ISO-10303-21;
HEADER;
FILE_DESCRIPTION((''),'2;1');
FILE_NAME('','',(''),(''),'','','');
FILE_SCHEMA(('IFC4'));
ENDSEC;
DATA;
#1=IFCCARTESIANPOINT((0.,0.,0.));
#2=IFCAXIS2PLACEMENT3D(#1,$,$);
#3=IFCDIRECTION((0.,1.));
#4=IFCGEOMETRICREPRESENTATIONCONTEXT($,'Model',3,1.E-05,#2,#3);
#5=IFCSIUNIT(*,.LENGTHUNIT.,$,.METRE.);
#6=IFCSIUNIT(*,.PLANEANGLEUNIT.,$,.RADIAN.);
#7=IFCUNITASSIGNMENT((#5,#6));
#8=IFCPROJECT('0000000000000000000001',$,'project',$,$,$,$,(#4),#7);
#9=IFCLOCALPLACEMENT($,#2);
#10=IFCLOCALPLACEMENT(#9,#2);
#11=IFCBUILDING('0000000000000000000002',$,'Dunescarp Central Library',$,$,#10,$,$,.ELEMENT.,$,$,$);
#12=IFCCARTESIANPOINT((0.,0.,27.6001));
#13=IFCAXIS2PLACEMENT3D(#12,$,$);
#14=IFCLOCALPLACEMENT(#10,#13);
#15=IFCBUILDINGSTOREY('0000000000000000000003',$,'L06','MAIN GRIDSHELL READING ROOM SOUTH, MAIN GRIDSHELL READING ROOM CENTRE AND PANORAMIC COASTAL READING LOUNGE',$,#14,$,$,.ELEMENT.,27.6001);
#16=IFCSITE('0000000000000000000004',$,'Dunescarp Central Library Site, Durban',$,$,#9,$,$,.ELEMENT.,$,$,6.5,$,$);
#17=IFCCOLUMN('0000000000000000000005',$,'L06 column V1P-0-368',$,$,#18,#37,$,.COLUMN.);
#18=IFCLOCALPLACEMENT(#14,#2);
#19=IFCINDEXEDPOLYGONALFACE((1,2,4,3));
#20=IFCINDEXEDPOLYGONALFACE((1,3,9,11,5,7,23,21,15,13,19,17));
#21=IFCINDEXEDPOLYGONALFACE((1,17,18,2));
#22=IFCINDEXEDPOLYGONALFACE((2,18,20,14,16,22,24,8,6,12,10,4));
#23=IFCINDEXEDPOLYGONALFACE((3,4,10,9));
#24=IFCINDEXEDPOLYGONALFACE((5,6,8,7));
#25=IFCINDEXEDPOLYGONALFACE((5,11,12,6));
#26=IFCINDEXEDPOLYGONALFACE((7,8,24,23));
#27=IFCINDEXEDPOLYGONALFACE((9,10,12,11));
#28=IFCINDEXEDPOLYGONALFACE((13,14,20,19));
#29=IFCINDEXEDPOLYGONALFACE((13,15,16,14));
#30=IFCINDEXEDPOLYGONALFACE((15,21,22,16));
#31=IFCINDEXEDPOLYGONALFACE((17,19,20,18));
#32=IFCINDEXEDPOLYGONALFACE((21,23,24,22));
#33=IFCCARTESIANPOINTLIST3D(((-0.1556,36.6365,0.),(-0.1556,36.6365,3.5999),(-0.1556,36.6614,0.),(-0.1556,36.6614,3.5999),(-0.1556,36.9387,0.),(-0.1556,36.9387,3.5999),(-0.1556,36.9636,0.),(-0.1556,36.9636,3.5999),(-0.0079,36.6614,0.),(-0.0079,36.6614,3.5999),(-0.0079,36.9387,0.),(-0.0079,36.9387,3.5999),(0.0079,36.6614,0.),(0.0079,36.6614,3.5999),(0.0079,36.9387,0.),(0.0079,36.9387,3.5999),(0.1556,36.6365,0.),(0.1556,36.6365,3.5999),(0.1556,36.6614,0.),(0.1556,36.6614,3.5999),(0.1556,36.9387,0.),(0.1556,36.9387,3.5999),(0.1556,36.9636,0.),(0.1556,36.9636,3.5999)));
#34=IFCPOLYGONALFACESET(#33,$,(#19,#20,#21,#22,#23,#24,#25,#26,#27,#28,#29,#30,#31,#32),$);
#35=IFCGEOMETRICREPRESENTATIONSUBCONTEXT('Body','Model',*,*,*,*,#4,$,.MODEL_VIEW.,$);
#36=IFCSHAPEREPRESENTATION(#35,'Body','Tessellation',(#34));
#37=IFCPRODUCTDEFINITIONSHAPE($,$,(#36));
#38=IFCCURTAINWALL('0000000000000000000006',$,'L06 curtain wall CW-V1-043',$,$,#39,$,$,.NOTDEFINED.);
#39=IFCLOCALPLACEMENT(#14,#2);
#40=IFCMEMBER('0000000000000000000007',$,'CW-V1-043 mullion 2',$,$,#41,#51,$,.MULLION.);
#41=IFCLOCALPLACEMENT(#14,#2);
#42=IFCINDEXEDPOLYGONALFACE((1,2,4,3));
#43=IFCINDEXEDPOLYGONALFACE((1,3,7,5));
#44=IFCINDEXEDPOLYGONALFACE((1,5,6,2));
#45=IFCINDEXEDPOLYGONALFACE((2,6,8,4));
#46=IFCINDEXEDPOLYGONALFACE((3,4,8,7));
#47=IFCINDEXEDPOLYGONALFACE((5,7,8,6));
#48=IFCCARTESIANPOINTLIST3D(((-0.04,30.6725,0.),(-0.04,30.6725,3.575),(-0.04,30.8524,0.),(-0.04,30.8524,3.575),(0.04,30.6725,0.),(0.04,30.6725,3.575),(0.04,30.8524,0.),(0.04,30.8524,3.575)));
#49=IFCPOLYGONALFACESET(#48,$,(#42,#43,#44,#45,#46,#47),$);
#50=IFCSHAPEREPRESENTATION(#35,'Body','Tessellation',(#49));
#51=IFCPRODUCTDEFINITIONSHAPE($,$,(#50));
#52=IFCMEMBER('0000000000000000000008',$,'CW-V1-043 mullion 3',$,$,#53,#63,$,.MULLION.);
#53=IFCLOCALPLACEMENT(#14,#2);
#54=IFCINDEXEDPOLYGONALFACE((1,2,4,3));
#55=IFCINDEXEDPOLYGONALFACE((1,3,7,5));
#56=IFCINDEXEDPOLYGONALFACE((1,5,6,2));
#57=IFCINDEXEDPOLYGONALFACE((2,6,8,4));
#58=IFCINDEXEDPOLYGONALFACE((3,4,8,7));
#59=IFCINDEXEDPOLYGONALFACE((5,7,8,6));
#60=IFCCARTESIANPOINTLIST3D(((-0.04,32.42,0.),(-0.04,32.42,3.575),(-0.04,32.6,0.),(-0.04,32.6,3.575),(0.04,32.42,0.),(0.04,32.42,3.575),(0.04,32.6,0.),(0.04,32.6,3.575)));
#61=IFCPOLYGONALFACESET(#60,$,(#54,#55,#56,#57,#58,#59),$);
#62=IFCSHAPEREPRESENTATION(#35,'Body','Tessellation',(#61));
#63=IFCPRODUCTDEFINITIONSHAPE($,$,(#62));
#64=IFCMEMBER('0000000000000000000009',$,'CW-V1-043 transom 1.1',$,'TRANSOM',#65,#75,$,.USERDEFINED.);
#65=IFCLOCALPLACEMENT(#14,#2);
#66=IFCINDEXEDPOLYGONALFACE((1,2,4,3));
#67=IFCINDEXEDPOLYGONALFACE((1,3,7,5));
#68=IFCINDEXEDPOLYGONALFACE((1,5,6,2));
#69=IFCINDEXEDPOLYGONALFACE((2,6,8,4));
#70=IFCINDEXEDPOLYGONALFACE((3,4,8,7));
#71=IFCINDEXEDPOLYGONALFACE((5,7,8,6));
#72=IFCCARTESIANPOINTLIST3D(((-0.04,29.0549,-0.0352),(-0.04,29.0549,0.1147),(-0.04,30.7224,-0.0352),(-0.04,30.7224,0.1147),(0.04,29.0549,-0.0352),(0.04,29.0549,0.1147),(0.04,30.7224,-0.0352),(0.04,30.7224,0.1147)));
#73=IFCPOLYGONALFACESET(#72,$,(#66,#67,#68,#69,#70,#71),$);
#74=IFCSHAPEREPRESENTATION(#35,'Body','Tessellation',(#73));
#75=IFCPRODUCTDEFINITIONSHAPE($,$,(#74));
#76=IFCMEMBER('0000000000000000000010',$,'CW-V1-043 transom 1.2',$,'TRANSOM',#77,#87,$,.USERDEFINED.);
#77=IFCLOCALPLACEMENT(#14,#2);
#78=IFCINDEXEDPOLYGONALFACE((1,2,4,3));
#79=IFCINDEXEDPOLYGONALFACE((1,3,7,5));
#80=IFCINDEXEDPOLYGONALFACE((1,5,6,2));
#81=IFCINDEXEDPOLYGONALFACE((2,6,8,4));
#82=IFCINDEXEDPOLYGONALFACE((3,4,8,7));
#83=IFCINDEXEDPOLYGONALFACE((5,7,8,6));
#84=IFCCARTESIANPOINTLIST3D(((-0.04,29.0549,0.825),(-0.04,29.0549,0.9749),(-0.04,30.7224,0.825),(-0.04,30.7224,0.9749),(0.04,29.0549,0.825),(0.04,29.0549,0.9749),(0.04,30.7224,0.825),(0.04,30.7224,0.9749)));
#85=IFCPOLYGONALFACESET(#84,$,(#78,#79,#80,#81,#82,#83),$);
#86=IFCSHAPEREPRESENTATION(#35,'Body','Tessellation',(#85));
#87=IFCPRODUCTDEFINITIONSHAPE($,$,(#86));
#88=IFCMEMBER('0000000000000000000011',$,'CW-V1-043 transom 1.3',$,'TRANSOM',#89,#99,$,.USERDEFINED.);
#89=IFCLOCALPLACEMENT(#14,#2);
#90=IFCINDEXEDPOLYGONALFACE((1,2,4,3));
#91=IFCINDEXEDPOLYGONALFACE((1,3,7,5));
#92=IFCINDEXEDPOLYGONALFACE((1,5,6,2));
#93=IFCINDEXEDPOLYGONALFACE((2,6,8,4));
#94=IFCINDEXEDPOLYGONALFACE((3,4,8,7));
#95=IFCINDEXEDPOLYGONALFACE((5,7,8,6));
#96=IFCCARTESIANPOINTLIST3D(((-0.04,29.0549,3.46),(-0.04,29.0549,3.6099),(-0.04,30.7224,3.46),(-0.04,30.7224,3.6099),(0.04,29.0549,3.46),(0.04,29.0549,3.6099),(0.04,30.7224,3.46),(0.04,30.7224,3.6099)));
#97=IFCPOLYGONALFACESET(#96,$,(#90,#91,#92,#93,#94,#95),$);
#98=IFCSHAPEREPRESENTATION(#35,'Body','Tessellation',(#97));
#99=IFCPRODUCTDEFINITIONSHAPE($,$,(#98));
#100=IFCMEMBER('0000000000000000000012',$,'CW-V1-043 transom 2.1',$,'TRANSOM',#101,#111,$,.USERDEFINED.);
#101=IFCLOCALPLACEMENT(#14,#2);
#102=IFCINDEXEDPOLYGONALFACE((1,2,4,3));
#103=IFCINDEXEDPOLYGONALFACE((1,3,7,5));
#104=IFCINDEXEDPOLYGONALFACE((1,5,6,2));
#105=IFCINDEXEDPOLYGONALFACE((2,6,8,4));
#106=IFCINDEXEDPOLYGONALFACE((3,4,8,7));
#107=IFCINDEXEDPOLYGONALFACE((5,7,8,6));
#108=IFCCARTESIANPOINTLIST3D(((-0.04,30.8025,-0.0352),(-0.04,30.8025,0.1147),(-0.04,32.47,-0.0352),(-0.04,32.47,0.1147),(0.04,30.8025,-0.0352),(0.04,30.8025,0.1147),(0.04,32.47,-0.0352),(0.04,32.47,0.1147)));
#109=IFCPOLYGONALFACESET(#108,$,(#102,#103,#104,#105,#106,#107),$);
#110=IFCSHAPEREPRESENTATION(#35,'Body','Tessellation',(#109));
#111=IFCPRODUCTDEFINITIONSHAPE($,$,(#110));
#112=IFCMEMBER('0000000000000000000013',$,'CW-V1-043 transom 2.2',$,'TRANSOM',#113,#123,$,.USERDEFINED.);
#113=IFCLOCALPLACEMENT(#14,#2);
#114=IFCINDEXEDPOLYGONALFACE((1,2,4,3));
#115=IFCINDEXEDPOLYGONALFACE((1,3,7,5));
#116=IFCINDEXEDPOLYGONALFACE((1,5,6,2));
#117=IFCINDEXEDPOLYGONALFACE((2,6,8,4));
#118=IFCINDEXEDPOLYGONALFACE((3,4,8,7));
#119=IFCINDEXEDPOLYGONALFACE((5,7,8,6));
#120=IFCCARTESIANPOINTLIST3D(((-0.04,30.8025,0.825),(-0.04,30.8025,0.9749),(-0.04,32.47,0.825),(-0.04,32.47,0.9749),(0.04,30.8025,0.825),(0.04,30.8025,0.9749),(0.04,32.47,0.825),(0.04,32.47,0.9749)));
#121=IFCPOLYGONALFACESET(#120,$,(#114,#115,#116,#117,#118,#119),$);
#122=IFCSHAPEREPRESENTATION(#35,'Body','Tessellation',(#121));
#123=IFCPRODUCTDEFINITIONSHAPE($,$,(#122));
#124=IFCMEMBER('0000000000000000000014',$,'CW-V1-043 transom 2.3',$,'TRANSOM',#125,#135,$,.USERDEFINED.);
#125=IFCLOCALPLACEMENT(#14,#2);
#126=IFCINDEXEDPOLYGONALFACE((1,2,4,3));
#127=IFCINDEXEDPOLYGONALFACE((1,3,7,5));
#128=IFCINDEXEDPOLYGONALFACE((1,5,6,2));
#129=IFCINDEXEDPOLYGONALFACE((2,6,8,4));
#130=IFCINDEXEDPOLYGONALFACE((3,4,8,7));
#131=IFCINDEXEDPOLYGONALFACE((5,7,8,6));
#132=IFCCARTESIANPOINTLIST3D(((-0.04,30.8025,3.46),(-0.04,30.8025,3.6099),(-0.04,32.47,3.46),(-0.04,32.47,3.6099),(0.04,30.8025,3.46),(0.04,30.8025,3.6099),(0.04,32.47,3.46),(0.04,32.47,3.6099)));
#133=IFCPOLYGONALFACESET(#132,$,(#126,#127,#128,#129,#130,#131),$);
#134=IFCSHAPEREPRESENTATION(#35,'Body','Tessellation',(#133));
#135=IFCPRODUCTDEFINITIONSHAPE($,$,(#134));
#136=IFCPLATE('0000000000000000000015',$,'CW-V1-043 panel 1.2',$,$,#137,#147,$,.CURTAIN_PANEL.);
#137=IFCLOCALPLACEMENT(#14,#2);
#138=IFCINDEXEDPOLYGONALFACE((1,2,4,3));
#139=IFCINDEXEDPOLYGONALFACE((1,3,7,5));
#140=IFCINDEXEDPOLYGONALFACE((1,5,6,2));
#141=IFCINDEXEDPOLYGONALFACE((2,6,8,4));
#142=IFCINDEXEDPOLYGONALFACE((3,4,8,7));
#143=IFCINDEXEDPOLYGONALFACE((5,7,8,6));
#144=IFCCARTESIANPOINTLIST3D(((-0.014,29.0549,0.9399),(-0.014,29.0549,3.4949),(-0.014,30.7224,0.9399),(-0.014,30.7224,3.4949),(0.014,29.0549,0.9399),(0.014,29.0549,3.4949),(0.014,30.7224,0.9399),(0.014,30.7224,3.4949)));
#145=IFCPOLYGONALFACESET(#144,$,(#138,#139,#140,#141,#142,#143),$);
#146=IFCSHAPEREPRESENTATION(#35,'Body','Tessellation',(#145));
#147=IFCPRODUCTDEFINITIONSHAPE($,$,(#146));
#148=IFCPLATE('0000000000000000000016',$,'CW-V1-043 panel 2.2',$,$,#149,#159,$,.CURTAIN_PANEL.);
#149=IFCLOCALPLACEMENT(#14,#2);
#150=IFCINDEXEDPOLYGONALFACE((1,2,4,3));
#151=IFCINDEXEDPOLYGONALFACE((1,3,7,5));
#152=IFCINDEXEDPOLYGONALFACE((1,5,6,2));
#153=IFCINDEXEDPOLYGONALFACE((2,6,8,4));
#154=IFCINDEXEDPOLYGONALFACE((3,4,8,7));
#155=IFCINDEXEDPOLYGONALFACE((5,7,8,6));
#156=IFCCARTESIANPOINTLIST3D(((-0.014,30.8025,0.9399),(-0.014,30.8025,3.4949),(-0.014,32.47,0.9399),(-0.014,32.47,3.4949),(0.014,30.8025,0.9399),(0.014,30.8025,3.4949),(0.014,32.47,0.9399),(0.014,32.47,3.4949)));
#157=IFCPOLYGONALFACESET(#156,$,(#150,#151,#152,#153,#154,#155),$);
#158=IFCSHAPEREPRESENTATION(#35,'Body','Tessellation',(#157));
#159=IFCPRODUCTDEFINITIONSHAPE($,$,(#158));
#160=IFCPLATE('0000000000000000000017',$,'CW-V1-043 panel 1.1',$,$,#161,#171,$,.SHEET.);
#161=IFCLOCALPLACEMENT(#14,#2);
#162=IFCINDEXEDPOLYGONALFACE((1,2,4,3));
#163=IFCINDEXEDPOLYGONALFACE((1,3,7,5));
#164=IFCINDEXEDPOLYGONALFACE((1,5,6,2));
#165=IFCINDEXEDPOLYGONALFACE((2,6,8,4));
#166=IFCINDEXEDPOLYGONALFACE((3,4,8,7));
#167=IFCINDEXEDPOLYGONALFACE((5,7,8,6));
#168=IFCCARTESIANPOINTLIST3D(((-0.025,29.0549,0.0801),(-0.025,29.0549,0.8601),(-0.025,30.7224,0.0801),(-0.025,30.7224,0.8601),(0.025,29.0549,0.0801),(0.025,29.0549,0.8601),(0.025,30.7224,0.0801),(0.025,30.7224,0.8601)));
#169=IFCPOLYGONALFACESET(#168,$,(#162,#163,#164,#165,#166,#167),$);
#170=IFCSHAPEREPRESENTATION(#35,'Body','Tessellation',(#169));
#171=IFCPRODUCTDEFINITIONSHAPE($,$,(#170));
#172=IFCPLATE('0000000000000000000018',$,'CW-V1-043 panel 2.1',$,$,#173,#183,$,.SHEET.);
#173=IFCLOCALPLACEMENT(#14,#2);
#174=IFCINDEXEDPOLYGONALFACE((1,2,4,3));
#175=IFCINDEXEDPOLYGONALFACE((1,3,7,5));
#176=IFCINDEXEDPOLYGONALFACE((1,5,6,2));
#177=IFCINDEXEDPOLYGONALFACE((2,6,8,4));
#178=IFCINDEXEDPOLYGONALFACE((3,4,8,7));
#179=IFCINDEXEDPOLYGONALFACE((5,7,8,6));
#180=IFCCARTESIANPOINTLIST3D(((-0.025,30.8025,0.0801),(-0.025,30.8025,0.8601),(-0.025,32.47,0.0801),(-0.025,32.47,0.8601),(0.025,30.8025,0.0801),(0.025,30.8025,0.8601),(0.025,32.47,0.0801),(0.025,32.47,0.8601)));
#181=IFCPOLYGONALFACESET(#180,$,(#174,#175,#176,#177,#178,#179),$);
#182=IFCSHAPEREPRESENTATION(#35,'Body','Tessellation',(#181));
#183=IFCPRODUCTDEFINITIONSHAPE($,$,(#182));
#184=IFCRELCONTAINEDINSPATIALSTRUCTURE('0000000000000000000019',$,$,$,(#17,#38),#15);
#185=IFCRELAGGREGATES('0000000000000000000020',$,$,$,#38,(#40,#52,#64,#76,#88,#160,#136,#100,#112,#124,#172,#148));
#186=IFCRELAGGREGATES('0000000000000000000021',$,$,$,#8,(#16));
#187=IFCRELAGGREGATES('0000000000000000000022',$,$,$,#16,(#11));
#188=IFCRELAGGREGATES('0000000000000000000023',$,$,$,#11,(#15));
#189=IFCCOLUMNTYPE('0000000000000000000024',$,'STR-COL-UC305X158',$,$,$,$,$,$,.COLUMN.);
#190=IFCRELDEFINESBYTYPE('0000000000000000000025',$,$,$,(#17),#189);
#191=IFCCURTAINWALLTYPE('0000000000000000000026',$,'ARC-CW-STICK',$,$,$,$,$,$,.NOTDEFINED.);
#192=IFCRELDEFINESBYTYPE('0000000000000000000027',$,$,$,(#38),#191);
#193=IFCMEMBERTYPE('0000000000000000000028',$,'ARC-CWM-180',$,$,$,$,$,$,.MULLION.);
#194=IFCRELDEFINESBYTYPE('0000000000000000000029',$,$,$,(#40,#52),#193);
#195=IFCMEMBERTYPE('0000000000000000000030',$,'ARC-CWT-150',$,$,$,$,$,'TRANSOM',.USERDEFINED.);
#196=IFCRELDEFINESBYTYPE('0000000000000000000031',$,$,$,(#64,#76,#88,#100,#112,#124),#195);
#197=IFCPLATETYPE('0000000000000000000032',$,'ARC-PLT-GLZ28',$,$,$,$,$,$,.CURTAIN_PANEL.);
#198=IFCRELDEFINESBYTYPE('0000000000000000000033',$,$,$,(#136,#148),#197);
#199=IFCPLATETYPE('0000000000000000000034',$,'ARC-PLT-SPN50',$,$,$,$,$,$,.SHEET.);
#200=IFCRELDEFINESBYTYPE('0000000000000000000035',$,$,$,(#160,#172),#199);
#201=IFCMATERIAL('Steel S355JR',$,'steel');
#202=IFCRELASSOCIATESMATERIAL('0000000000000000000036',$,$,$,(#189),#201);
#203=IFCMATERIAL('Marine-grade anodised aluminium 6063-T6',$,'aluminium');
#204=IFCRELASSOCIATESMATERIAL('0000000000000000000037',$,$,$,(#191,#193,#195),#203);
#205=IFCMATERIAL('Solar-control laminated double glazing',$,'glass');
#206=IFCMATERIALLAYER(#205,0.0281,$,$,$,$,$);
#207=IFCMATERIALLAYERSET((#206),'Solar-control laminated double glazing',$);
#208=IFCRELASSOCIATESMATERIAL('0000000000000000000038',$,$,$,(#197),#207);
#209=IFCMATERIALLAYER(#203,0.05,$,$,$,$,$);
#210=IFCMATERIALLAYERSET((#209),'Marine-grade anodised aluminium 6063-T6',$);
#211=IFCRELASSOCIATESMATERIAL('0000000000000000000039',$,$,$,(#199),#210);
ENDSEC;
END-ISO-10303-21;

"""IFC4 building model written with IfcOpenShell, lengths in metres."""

from ifc_helpers import new_model, si_unit, direction, frame, origin, origin_2d, place, context, subcontext, project, spatial, rectangle, i_section, extrude, material, layer, layer_set, material_profile, profile_set, type_object, element, aggregate, save


model = new_model("IFC4")

# Units and contexts
model_context = context("Model", 3, precision=1e-05, world=origin(), true_north=direction((0.0, 1.0)))
body_context = subcontext(model_context, "Body", "Model", "MODEL_VIEW")
ifc_project = project(units=[si_unit("LENGTHUNIT", "METRE"), si_unit("PLANEANGLEUNIT", "RADIAN")], contexts=[model_context])

# Site, building, storey
site_placement = place(None, origin())
site = spatial("IfcSite", under=ifc_project, at=site_placement, Name="Dunescarp Central Library Site, Durban", CompositionType="ELEMENT", RefElevation=6.5)
building_placement = place(site_placement, origin())
building = spatial("IfcBuilding", under=site, at=building_placement, Name="Dunescarp Central Library", CompositionType="ELEMENT")
storey_placement = place(building_placement, frame((0.0, 0.0, 27.6001)))
storey = spatial("IfcBuildingStorey", under=building, at=storey_placement, Name="L06", Description="MAIN GRIDSHELL READING ROOM SOUTH, MAIN GRIDSHELL READING ROOM CENTRE AND PANORAMIC COASTAL READING LOUNGE", CompositionType="ELEMENT", Elevation=27.6001)

# Column
ifc_material_1 = material(Name="Steel S355JR", Category="steel")
ifc_material_profile_1 = material_profile(ifc_material_1, i_section(OverallWidth=0.3113, OverallDepth=0.3271, WebThickness=0.0159, FlangeThickness=0.0249, at=origin_2d()), Name="UC 305x305x158")
ifc_profile_set_1 = profile_set([ifc_material_profile_1], Name="Steel S355JR")
column_type = type_object("IfcColumnType", Name="STR-COL-UC305X158", PredefinedType="COLUMN", material=ifc_profile_set_1)
column_placement = place(storey_placement, frame((0.0, 36.8, 0.0), z_axis=(0.0, 0.0, 1.0), x_axis=(1.0, 0.0, 0.0)))
element("IfcColumn", 1, at=column_placement, inside=storey, type_object=column_type, Name="L06 column V1P-0-368", PredefinedType="COLUMN", context=body_context, shape_type="SweptSolid", body=[
    extrude(i_section(OverallWidth=0.3113, OverallDepth=0.3271, WebThickness=0.0159, FlangeThickness=0.0249, at=origin_2d()), origin(), (0.0, 0.0, 1.0), 3.5999),
])

# Curtain wall, members, plates
ifc_material_2 = material(Name="Marine-grade anodised aluminium 6063-T6", Category="aluminium")
curtain_wall_type = type_object("IfcCurtainWallType", Name="ARC-CW-STICK", PredefinedType="NOTDEFINED", material=ifc_material_2)
curtain_wall_placement = place(storey_placement, origin())
curtain_wall = element("IfcCurtainWall", 2, at=curtain_wall_placement, inside=storey, type_object=curtain_wall_type, Name="L06 curtain wall CW-V1-043", PredefinedType="NOTDEFINED")
ifc_material_profile_2 = material_profile(ifc_material_2, rectangle(XDim=0.0801, YDim=0.1799, at=origin_2d()), Name="AL 80x180")
ifc_profile_set_2 = profile_set([ifc_material_profile_2], Name="Marine-grade anodised aluminium 6063-T6")
member_type_1 = type_object("IfcMemberType", Name="ARC-CWM-180", PredefinedType="MULLION", material=ifc_profile_set_2)
member_1_placement = place(storey_placement, frame((0.0, 30.7625, 0.0), z_axis=(0.0, 0.0, 1.0), x_axis=(-1.0, 0.0, 0.0)))
member_1 = element("IfcMember", 3, at=member_1_placement, type_object=member_type_1, Name="CW-V1-043 mullion 2", PredefinedType="MULLION", context=body_context, shape_type="SweptSolid", body=[
    extrude(rectangle(XDim=0.0801, YDim=0.1799, at=origin_2d()), origin(), (0.0, 0.0, 1.0), 3.575),
])
member_2_placement = place(storey_placement, frame((0.0, 32.51, 0.0), z_axis=(0.0, 0.0, 1.0), x_axis=(-1.0, 0.0, 0.0)))
member_2 = element("IfcMember", 4, at=member_2_placement, type_object=member_type_1, Name="CW-V1-043 mullion 3", PredefinedType="MULLION", context=body_context, shape_type="SweptSolid", body=[
    extrude(rectangle(XDim=0.0801, YDim=0.1799, at=origin_2d()), origin(), (0.0, 0.0, 1.0), 3.575),
])
ifc_material_profile_3 = material_profile(ifc_material_2, rectangle(XDim=0.0801, YDim=0.1499, at=origin_2d()), Name="AL 80x150")
ifc_profile_set_3 = profile_set([ifc_material_profile_3], Name="Marine-grade anodised aluminium 6063-T6")
member_type_2 = type_object("IfcMemberType", Name="ARC-CWT-150", ElementType="TRANSOM", PredefinedType="USERDEFINED", material=ifc_profile_set_3)
member_3_placement = place(storey_placement, frame((0.0, 29.0549, 0.0398), z_axis=(0.0, 1.0, 0.0), x_axis=(-1.0, 0.0, 0.0)))
member_3 = element("IfcMember", 5, at=member_3_placement, type_object=member_type_2, Name="CW-V1-043 transom 1.1", ObjectType="TRANSOM", PredefinedType="USERDEFINED", context=body_context, shape_type="SweptSolid", body=[
    extrude(rectangle(XDim=0.0801, YDim=0.1499, at=origin_2d()), origin(), (0.0, 0.0, 1.0), 1.6675),
])
member_4_placement = place(storey_placement, frame((0.0, 29.0549, 0.8999), z_axis=(0.0, 1.0, 0.0), x_axis=(-1.0, 0.0, 0.0)))
member_4 = element("IfcMember", 6, at=member_4_placement, type_object=member_type_2, Name="CW-V1-043 transom 1.2", ObjectType="TRANSOM", PredefinedType="USERDEFINED", context=body_context, shape_type="SweptSolid", body=[
    extrude(rectangle(XDim=0.0801, YDim=0.1499, at=origin_2d()), origin(), (0.0, 0.0, 1.0), 1.6675),
])
member_5_placement = place(storey_placement, frame((0.0, 29.0549, 3.5349), z_axis=(0.0, 1.0, 0.0), x_axis=(-1.0, 0.0, 0.0)))
member_5 = element("IfcMember", 7, at=member_5_placement, type_object=member_type_2, Name="CW-V1-043 transom 1.3", ObjectType="TRANSOM", PredefinedType="USERDEFINED", context=body_context, shape_type="SweptSolid", body=[
    extrude(rectangle(XDim=0.0801, YDim=0.1499, at=origin_2d()), origin(), (0.0, 0.0, 1.0), 1.6675),
])
member_6_placement = place(storey_placement, frame((0.0, 30.8025, 0.0398), z_axis=(0.0, 1.0, 0.0), x_axis=(-1.0, 0.0, 0.0)))
member_6 = element("IfcMember", 8, at=member_6_placement, type_object=member_type_2, Name="CW-V1-043 transom 2.1", ObjectType="TRANSOM", PredefinedType="USERDEFINED", context=body_context, shape_type="SweptSolid", body=[
    extrude(rectangle(XDim=0.0801, YDim=0.1499, at=origin_2d()), origin(), (0.0, 0.0, 1.0), 1.6675),
])
member_7_placement = place(storey_placement, frame((0.0, 30.8025, 0.8999), z_axis=(0.0, 1.0, 0.0), x_axis=(-1.0, 0.0, 0.0)))
member_7 = element("IfcMember", 9, at=member_7_placement, type_object=member_type_2, Name="CW-V1-043 transom 2.2", ObjectType="TRANSOM", PredefinedType="USERDEFINED", context=body_context, shape_type="SweptSolid", body=[
    extrude(rectangle(XDim=0.0801, YDim=0.1499, at=origin_2d()), origin(), (0.0, 0.0, 1.0), 1.6675),
])
member_8_placement = place(storey_placement, frame((0.0, 30.8025, 3.5349), z_axis=(0.0, 1.0, 0.0), x_axis=(-1.0, 0.0, 0.0)))
member_8 = element("IfcMember", 10, at=member_8_placement, type_object=member_type_2, Name="CW-V1-043 transom 2.3", ObjectType="TRANSOM", PredefinedType="USERDEFINED", context=body_context, shape_type="SweptSolid", body=[
    extrude(rectangle(XDim=0.0801, YDim=0.1499, at=origin_2d()), origin(), (0.0, 0.0, 1.0), 1.6675),
])
ifc_material_3 = material(Name="Solar-control laminated double glazing", Category="glass")
ifc_layer_1 = layer(ifc_material_3, 0.0281)
ifc_layer_set_1 = layer_set([ifc_layer_1], Name="Solar-control laminated double glazing")
plate_type_1 = type_object("IfcPlateType", Name="ARC-PLT-GLZ28", PredefinedType="CURTAIN_PANEL", material=ifc_layer_set_1)
plate_1_placement = place(storey_placement, frame((0.0, 29.8887, 0.9399), z_axis=(0.0, 0.0, 1.0), x_axis=(0.0, 1.0, 0.0)))
plate_1 = element("IfcPlate", 11, at=plate_1_placement, type_object=plate_type_1, Name="CW-V1-043 panel 1.2", PredefinedType="CURTAIN_PANEL", context=body_context, shape_type="SweptSolid", body=[
    extrude(rectangle(XDim=1.6675, YDim=0.0281, at=origin_2d()), origin(), (0.0, 0.0, 1.0), 2.5549),
])
plate_2_placement = place(storey_placement, frame((0.0, 31.6362, 0.9399), z_axis=(0.0, 0.0, 1.0), x_axis=(0.0, 1.0, 0.0)))
plate_2 = element("IfcPlate", 12, at=plate_2_placement, type_object=plate_type_1, Name="CW-V1-043 panel 2.2", PredefinedType="CURTAIN_PANEL", context=body_context, shape_type="SweptSolid", body=[
    extrude(rectangle(XDim=1.6675, YDim=0.0281, at=origin_2d()), origin(), (0.0, 0.0, 1.0), 2.5549),
])
ifc_layer_2 = layer(ifc_material_2, 0.05)
ifc_layer_set_2 = layer_set([ifc_layer_2], Name="Marine-grade anodised aluminium 6063-T6")
plate_type_2 = type_object("IfcPlateType", Name="ARC-PLT-SPN50", PredefinedType="SHEET", material=ifc_layer_set_2)
plate_3_placement = place(storey_placement, frame((0.0, 29.8887, 0.0801), z_axis=(0.0, 0.0, 1.0), x_axis=(0.0, 1.0, 0.0)))
plate_3 = element("IfcPlate", 13, at=plate_3_placement, type_object=plate_type_2, Name="CW-V1-043 panel 1.1", PredefinedType="SHEET", context=body_context, shape_type="SweptSolid", body=[
    extrude(rectangle(XDim=1.6675, YDim=0.05, at=origin_2d()), origin(), (0.0, 0.0, 1.0), 0.78),
])
plate_4_placement = place(storey_placement, frame((0.0, 31.6362, 0.0801), z_axis=(0.0, 0.0, 1.0), x_axis=(0.0, 1.0, 0.0)))
plate_4 = element("IfcPlate", 14, at=plate_4_placement, type_object=plate_type_2, Name="CW-V1-043 panel 2.1", PredefinedType="SHEET", context=body_context, shape_type="SweptSolid", body=[
    extrude(rectangle(XDim=1.6675, YDim=0.05, at=origin_2d()), origin(), (0.0, 0.0, 1.0), 0.78),
])
aggregate(curtain_wall, [member_1, member_2, member_3, member_4, member_5, plate_3, plate_1, member_6, member_7, member_8, plate_4, plate_2])

save(model, "model.ifc")
